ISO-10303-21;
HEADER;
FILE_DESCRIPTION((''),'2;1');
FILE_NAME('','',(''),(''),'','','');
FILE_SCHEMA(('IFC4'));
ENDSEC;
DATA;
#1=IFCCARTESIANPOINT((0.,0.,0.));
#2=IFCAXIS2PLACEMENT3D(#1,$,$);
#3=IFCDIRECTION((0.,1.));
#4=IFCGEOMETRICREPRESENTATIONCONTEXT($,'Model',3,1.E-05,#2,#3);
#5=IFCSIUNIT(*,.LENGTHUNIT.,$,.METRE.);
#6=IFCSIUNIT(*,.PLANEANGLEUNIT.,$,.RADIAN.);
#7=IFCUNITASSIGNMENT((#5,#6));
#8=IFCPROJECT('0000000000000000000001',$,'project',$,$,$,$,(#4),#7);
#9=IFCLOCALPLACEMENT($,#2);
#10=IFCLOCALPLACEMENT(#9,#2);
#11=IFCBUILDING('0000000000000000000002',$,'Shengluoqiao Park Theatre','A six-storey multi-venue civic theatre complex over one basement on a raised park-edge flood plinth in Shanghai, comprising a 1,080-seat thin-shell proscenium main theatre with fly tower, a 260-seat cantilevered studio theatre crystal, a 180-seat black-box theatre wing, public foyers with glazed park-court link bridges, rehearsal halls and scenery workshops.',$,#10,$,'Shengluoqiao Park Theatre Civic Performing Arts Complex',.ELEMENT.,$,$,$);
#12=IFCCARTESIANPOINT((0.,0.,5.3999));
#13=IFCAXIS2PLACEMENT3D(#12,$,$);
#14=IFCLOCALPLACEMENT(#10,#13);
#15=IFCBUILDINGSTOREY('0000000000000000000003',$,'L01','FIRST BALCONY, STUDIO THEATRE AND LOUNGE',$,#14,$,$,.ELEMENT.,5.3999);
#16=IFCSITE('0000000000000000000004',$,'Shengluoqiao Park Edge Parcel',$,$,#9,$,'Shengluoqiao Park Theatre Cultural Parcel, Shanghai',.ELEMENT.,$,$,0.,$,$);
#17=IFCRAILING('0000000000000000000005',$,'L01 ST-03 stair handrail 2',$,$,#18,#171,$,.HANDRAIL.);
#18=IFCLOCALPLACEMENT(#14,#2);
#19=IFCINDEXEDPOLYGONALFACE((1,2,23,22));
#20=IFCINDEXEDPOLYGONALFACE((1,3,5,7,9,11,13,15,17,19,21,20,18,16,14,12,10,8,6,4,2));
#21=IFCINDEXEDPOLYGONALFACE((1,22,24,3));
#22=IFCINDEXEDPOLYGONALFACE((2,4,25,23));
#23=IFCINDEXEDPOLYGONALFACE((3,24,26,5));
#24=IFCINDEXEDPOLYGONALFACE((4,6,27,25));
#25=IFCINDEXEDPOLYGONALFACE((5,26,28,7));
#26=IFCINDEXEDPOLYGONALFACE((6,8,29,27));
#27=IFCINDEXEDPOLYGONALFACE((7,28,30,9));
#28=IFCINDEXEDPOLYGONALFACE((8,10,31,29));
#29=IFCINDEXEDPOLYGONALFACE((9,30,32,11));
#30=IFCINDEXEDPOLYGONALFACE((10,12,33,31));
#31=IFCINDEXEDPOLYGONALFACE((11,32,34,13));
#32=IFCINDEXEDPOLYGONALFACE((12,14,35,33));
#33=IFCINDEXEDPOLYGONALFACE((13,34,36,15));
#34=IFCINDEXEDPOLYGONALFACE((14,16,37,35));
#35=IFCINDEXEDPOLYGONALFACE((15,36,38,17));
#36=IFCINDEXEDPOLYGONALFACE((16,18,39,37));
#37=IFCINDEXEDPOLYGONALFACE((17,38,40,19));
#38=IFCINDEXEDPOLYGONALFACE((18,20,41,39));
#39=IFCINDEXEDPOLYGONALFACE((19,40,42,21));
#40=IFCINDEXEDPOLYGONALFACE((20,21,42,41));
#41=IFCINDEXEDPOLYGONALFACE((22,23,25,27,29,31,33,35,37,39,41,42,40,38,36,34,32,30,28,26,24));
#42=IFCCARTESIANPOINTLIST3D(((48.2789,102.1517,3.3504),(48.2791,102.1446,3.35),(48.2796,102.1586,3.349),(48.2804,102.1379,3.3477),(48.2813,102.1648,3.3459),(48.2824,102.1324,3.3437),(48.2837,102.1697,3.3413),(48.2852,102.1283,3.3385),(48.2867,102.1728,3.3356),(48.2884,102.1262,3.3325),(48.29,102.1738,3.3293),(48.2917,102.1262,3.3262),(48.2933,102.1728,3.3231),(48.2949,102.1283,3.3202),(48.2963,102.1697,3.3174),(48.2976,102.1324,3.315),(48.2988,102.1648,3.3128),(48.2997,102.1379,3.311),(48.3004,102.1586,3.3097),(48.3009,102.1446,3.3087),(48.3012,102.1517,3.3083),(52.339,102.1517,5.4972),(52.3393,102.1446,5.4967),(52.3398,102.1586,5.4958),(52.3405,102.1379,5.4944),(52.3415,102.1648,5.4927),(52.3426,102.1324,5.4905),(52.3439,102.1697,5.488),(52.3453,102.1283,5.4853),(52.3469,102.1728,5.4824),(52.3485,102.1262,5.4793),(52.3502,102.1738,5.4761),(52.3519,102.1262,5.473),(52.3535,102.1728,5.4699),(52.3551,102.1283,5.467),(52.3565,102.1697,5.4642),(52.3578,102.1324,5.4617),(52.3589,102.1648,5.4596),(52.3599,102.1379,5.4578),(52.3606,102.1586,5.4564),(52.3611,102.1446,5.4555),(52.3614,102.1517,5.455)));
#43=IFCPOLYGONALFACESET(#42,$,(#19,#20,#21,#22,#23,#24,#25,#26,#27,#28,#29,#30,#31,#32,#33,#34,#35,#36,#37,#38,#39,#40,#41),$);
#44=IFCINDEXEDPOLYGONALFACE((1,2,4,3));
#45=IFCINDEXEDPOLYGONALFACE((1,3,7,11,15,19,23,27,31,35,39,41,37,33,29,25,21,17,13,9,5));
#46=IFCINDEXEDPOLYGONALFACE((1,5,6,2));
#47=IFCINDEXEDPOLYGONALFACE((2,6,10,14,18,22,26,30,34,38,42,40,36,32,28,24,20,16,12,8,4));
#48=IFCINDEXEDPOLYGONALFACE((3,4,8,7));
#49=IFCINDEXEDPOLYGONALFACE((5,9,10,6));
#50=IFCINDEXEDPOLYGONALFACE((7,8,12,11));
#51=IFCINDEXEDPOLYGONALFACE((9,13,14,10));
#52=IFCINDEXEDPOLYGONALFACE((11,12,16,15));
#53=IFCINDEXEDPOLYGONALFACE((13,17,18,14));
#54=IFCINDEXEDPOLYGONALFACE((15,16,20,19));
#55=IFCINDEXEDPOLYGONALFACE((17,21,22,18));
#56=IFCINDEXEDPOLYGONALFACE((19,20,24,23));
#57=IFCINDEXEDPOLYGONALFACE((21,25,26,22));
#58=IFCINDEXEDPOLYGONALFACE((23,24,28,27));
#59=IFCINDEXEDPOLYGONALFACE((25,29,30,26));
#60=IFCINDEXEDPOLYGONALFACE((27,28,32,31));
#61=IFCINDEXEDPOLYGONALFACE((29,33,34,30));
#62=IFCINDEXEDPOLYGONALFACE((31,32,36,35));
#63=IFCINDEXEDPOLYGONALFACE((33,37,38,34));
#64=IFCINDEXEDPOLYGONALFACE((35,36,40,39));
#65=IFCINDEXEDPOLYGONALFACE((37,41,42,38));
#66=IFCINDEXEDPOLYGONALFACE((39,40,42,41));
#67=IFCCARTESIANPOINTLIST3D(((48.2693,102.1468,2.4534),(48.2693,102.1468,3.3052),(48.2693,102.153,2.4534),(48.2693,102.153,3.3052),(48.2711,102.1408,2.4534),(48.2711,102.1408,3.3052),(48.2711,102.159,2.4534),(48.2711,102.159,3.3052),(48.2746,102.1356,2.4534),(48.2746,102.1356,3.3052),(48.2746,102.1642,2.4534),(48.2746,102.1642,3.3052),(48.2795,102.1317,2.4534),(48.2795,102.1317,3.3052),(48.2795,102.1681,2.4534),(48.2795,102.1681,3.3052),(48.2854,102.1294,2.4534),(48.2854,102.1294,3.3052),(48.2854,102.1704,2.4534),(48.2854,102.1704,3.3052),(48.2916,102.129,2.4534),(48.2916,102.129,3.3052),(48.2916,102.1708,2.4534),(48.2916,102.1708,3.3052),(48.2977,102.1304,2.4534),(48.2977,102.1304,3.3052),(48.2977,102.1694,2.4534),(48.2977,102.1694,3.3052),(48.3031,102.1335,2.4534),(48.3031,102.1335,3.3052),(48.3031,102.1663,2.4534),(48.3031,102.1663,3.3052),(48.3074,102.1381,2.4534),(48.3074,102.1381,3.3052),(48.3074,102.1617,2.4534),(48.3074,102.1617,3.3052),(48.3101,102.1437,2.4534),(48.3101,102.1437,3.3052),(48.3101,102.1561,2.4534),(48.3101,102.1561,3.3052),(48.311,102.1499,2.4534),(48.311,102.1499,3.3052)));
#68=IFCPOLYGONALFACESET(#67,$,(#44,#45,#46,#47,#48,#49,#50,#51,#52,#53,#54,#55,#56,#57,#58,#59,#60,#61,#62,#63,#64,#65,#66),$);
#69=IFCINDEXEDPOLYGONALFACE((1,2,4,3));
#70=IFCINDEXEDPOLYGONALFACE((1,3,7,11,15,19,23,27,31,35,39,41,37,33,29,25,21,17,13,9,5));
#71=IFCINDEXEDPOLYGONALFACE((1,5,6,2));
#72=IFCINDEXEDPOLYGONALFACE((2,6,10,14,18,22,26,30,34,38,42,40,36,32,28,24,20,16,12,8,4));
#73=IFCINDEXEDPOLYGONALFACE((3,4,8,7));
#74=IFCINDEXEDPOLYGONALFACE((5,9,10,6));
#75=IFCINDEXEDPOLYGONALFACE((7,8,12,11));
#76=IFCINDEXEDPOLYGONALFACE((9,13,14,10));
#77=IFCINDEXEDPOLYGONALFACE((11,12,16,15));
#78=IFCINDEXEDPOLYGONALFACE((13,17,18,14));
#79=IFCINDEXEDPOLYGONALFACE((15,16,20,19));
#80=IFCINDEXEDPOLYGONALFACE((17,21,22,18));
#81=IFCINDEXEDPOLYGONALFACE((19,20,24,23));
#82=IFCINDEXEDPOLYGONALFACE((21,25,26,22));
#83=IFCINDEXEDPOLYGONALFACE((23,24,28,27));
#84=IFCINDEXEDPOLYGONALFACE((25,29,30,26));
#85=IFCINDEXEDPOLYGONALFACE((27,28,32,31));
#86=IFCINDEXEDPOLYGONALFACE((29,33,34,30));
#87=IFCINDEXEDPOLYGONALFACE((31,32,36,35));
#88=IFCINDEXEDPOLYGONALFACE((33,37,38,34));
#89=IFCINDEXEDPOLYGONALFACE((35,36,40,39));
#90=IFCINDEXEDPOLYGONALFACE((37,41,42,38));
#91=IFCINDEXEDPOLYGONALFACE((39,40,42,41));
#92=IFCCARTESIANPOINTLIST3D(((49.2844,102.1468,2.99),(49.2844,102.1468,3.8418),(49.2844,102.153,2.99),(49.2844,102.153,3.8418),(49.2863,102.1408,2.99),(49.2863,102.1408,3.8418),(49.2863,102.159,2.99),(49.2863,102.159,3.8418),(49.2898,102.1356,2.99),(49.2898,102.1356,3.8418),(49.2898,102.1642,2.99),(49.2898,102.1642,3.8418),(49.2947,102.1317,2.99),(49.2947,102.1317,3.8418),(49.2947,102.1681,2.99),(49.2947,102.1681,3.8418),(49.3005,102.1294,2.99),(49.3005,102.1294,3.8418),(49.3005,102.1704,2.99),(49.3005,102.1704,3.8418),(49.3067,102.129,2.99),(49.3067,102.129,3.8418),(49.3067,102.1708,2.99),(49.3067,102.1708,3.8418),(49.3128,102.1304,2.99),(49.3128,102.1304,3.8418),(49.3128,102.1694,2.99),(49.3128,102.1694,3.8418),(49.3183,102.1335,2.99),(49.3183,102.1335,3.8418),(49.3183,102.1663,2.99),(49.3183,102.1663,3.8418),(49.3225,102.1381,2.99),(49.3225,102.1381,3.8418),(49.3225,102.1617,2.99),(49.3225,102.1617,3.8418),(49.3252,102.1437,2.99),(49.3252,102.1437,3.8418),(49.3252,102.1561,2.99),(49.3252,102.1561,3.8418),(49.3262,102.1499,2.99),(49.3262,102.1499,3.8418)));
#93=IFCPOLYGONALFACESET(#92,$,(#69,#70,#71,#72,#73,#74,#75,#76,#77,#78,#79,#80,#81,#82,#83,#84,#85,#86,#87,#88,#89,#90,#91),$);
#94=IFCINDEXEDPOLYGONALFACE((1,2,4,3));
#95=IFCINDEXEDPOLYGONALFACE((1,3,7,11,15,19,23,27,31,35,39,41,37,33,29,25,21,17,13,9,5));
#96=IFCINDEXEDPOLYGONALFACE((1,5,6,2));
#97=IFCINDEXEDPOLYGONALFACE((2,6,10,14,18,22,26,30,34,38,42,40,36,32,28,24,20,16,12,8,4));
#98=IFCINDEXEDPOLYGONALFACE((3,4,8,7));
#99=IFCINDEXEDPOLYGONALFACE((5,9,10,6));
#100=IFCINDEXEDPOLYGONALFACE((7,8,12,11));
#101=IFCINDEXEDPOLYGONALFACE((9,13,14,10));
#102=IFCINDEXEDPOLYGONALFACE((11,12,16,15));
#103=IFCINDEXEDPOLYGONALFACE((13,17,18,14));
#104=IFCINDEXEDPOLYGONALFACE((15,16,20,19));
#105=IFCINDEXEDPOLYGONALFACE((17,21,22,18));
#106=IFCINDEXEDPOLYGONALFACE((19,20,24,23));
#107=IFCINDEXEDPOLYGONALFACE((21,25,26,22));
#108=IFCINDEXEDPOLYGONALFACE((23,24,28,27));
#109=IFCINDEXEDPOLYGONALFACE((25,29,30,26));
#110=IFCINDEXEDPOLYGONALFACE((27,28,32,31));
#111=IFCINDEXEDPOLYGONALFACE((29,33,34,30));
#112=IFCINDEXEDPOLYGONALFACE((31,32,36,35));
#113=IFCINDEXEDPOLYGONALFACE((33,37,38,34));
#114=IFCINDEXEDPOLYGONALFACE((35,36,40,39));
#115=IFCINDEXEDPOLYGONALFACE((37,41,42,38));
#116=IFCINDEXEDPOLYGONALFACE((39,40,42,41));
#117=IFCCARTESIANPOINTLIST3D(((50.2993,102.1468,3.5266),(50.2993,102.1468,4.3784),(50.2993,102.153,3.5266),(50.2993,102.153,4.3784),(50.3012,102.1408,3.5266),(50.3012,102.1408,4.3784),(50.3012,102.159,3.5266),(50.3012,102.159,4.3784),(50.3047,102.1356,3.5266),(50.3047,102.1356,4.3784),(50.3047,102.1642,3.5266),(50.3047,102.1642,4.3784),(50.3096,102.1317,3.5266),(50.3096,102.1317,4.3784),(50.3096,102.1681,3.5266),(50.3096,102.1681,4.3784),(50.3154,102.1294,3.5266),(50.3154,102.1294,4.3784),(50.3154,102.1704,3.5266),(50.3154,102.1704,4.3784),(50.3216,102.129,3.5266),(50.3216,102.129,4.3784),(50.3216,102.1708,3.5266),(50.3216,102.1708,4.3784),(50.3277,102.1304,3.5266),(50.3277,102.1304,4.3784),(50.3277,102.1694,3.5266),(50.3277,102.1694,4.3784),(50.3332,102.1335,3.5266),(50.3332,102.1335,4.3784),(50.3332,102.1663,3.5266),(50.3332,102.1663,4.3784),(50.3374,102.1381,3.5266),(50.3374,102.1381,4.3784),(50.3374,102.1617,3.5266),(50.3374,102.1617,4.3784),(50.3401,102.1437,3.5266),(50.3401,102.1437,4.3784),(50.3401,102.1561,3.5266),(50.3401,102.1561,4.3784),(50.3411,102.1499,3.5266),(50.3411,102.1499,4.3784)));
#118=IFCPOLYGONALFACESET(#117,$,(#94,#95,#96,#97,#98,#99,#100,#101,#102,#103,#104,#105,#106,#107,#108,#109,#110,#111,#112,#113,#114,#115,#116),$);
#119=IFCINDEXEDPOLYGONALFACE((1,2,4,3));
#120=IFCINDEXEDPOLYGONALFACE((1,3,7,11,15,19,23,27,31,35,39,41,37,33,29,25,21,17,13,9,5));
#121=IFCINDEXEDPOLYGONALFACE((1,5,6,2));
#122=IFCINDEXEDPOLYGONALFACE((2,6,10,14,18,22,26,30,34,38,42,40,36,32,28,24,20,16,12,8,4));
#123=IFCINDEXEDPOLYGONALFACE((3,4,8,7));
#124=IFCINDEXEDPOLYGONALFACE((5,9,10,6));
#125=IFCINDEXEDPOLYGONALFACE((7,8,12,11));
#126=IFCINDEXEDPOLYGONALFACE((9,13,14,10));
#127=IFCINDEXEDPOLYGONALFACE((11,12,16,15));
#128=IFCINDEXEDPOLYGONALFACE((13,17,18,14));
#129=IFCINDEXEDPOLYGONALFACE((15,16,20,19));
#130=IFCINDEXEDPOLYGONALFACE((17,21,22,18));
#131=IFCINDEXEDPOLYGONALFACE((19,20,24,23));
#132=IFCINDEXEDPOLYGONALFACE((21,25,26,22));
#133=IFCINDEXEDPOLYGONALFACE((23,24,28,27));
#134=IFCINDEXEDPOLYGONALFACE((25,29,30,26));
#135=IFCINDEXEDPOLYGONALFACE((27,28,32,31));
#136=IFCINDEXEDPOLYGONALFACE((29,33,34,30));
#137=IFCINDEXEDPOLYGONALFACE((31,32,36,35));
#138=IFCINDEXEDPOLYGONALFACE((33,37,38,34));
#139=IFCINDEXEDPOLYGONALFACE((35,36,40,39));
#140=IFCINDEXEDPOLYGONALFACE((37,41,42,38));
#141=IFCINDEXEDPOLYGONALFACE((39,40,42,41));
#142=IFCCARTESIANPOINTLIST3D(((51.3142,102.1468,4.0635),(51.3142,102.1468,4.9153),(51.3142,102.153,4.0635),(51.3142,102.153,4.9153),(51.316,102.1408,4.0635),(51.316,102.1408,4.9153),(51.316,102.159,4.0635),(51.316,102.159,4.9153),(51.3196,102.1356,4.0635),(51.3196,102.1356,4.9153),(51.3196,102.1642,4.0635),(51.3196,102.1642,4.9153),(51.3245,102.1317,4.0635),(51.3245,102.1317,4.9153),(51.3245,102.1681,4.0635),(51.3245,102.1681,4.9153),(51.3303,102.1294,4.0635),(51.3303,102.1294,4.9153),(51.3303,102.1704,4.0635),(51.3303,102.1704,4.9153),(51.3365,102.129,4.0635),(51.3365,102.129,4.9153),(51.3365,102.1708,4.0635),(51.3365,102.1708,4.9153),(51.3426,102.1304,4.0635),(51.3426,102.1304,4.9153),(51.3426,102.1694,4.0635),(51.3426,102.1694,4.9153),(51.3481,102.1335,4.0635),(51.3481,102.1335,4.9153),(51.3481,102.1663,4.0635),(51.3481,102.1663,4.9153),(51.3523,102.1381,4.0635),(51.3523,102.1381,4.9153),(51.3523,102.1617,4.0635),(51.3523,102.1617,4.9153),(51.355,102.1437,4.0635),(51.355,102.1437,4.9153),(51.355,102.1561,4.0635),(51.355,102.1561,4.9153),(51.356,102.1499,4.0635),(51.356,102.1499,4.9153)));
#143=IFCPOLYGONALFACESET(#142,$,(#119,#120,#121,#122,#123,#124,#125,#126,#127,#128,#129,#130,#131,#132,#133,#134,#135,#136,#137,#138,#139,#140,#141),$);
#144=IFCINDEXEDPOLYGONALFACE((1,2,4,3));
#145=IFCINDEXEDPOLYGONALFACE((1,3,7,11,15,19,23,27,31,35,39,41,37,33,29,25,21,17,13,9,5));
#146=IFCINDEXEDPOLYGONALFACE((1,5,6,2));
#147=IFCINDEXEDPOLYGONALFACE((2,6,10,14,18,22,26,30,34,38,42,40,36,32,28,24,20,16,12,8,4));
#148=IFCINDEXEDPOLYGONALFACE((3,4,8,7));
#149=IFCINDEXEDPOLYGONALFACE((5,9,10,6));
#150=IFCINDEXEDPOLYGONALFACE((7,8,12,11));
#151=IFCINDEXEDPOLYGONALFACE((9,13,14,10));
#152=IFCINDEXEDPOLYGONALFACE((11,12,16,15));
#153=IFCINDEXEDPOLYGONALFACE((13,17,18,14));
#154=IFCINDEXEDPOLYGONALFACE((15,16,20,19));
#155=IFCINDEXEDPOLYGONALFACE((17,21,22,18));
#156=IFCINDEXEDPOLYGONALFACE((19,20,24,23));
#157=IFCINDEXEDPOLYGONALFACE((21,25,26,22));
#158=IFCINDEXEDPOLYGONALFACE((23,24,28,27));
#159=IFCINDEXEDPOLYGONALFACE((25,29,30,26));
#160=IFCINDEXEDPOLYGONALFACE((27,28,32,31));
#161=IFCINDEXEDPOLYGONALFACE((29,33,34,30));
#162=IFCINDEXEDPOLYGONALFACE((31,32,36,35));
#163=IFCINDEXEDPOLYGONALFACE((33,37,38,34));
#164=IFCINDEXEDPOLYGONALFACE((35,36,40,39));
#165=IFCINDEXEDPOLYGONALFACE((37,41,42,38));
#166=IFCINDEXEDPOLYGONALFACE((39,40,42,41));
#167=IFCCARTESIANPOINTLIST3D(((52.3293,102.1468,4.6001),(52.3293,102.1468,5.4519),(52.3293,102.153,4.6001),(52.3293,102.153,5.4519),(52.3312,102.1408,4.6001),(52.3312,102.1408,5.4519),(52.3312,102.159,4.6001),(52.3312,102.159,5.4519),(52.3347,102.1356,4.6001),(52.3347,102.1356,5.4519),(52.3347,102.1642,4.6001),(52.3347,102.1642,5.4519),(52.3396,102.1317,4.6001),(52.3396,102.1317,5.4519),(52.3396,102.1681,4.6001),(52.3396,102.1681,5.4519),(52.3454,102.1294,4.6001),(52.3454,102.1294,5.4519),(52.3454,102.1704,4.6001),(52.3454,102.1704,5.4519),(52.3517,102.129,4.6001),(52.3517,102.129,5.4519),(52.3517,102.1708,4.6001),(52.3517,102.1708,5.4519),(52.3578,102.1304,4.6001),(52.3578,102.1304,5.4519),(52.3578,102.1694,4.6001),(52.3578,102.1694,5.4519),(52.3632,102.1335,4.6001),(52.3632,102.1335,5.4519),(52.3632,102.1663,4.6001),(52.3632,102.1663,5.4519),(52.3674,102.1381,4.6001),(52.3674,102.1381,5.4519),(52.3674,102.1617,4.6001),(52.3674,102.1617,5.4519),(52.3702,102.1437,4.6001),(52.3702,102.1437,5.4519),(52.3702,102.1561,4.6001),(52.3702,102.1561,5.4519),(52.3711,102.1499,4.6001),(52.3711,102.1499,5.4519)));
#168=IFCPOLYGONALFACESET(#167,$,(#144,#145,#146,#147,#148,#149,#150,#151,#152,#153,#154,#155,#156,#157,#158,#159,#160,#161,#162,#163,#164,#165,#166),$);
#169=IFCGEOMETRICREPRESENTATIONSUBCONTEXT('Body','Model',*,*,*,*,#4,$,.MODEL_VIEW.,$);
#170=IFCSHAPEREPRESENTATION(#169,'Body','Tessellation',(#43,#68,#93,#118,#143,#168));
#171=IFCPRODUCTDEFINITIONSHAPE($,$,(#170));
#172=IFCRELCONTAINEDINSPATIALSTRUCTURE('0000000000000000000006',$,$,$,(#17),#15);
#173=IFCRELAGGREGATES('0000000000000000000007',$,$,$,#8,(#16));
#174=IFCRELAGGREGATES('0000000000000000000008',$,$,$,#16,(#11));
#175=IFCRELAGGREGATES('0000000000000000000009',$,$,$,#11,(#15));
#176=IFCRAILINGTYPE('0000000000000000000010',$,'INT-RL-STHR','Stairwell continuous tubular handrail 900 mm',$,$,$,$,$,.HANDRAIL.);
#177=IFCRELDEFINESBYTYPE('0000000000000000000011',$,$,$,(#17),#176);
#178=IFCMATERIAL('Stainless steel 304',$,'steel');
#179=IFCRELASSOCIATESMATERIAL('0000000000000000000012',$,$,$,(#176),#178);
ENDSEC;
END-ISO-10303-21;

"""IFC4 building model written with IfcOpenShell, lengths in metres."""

from ifc_helpers import new_model, si_unit, direction, frame, origin, origin_2d, place, context, subcontext, project, spatial, circle, extrude, material, type_object, element, save


model = new_model("IFC4")

# Units and contexts
model_context = context("Model", 3, precision=1e-05, world=origin(), true_north=direction((0.0, 1.0)))
body_context = subcontext(model_context, "Body", "Model", "MODEL_VIEW")
ifc_project = project(units=[si_unit("LENGTHUNIT", "METRE"), si_unit("PLANEANGLEUNIT", "RADIAN")], contexts=[model_context])

# Site, building, storey
site_placement = place(None, origin())
site = spatial("IfcSite", under=ifc_project, at=site_placement, Name="Shengluoqiao Park Edge Parcel", LongName="Shengluoqiao Park Theatre Cultural Parcel, Shanghai", CompositionType="ELEMENT", RefElevation=0.0)
building_placement = place(site_placement, origin())
building = spatial("IfcBuilding", under=site, at=building_placement, Name="Shengluoqiao Park Theatre", Description="A six-storey multi-venue civic theatre complex over one basement on a raised park-edge flood plinth in Shanghai, comprising a 1,080-seat thin-shell proscenium main theatre with fly tower, a 260-seat cantilevered studio theatre crystal, a 180-seat black-box theatre wing, public foyers with glazed park-court link bridges, rehearsal halls and scenery workshops.", LongName="Shengluoqiao Park Theatre Civic Performing Arts Complex", CompositionType="ELEMENT")
storey_placement = place(building_placement, frame((0.0, 0.0, 5.3999)))
storey = spatial("IfcBuildingStorey", under=building, at=storey_placement, Name="L01", Description="FIRST BALCONY, STUDIO THEATRE AND LOUNGE", CompositionType="ELEMENT", Elevation=5.3999)

# Shared definitions
ifc_material_1 = material(Name="Stainless steel 304", Category="steel")

# Railing
railing_type_1 = type_object("IfcRailingType", Name="INT-RL-STHR", Description="Stairwell continuous tubular handrail 900 mm", PredefinedType="HANDRAIL", material=ifc_material_1)
railing_1_placement = place(storey_placement, frame((48.29, 102.1499, 2.4534)))
element("IfcRailing", 1, at=railing_1_placement, inside=storey, type_object=railing_type_1, Name="L01 ST-03 stair handrail 2", PredefinedType="HANDRAIL", context=body_context, shape_type="SweptSolid", body=[
    extrude(circle(Radius=0.0239, at=origin_2d()), frame((0.0, 0.0, 0.876), z_axis=(0.884032, 0.0, 0.467426), x_axis=(0.0, 1.0, 0.0)), (0.0, 0.0, 1.0), 4.5928),
    extrude(circle(Radius=0.021, at=origin_2d()), origin(), (0.0, 0.0, 1.0), 0.8518),
    extrude(circle(Radius=0.021, at=origin_2d()), frame((1.0151, 0.0, 0.5366)), (0.0, 0.0, 1.0), 0.8518),
    extrude(circle(Radius=0.021, at=origin_2d()), frame((2.03, 0.0, 1.0732)), (0.0, 0.0, 1.0), 0.8518),
    extrude(circle(Radius=0.021, at=origin_2d()), frame((3.0449, 0.0, 1.6101)), (0.0, 0.0, 1.0), 0.8518),
    extrude(circle(Radius=0.021, at=origin_2d()), frame((4.0601, 0.0, 2.1467)), (0.0, 0.0, 1.0), 0.8518),
])

save(model, "model.ifc")
